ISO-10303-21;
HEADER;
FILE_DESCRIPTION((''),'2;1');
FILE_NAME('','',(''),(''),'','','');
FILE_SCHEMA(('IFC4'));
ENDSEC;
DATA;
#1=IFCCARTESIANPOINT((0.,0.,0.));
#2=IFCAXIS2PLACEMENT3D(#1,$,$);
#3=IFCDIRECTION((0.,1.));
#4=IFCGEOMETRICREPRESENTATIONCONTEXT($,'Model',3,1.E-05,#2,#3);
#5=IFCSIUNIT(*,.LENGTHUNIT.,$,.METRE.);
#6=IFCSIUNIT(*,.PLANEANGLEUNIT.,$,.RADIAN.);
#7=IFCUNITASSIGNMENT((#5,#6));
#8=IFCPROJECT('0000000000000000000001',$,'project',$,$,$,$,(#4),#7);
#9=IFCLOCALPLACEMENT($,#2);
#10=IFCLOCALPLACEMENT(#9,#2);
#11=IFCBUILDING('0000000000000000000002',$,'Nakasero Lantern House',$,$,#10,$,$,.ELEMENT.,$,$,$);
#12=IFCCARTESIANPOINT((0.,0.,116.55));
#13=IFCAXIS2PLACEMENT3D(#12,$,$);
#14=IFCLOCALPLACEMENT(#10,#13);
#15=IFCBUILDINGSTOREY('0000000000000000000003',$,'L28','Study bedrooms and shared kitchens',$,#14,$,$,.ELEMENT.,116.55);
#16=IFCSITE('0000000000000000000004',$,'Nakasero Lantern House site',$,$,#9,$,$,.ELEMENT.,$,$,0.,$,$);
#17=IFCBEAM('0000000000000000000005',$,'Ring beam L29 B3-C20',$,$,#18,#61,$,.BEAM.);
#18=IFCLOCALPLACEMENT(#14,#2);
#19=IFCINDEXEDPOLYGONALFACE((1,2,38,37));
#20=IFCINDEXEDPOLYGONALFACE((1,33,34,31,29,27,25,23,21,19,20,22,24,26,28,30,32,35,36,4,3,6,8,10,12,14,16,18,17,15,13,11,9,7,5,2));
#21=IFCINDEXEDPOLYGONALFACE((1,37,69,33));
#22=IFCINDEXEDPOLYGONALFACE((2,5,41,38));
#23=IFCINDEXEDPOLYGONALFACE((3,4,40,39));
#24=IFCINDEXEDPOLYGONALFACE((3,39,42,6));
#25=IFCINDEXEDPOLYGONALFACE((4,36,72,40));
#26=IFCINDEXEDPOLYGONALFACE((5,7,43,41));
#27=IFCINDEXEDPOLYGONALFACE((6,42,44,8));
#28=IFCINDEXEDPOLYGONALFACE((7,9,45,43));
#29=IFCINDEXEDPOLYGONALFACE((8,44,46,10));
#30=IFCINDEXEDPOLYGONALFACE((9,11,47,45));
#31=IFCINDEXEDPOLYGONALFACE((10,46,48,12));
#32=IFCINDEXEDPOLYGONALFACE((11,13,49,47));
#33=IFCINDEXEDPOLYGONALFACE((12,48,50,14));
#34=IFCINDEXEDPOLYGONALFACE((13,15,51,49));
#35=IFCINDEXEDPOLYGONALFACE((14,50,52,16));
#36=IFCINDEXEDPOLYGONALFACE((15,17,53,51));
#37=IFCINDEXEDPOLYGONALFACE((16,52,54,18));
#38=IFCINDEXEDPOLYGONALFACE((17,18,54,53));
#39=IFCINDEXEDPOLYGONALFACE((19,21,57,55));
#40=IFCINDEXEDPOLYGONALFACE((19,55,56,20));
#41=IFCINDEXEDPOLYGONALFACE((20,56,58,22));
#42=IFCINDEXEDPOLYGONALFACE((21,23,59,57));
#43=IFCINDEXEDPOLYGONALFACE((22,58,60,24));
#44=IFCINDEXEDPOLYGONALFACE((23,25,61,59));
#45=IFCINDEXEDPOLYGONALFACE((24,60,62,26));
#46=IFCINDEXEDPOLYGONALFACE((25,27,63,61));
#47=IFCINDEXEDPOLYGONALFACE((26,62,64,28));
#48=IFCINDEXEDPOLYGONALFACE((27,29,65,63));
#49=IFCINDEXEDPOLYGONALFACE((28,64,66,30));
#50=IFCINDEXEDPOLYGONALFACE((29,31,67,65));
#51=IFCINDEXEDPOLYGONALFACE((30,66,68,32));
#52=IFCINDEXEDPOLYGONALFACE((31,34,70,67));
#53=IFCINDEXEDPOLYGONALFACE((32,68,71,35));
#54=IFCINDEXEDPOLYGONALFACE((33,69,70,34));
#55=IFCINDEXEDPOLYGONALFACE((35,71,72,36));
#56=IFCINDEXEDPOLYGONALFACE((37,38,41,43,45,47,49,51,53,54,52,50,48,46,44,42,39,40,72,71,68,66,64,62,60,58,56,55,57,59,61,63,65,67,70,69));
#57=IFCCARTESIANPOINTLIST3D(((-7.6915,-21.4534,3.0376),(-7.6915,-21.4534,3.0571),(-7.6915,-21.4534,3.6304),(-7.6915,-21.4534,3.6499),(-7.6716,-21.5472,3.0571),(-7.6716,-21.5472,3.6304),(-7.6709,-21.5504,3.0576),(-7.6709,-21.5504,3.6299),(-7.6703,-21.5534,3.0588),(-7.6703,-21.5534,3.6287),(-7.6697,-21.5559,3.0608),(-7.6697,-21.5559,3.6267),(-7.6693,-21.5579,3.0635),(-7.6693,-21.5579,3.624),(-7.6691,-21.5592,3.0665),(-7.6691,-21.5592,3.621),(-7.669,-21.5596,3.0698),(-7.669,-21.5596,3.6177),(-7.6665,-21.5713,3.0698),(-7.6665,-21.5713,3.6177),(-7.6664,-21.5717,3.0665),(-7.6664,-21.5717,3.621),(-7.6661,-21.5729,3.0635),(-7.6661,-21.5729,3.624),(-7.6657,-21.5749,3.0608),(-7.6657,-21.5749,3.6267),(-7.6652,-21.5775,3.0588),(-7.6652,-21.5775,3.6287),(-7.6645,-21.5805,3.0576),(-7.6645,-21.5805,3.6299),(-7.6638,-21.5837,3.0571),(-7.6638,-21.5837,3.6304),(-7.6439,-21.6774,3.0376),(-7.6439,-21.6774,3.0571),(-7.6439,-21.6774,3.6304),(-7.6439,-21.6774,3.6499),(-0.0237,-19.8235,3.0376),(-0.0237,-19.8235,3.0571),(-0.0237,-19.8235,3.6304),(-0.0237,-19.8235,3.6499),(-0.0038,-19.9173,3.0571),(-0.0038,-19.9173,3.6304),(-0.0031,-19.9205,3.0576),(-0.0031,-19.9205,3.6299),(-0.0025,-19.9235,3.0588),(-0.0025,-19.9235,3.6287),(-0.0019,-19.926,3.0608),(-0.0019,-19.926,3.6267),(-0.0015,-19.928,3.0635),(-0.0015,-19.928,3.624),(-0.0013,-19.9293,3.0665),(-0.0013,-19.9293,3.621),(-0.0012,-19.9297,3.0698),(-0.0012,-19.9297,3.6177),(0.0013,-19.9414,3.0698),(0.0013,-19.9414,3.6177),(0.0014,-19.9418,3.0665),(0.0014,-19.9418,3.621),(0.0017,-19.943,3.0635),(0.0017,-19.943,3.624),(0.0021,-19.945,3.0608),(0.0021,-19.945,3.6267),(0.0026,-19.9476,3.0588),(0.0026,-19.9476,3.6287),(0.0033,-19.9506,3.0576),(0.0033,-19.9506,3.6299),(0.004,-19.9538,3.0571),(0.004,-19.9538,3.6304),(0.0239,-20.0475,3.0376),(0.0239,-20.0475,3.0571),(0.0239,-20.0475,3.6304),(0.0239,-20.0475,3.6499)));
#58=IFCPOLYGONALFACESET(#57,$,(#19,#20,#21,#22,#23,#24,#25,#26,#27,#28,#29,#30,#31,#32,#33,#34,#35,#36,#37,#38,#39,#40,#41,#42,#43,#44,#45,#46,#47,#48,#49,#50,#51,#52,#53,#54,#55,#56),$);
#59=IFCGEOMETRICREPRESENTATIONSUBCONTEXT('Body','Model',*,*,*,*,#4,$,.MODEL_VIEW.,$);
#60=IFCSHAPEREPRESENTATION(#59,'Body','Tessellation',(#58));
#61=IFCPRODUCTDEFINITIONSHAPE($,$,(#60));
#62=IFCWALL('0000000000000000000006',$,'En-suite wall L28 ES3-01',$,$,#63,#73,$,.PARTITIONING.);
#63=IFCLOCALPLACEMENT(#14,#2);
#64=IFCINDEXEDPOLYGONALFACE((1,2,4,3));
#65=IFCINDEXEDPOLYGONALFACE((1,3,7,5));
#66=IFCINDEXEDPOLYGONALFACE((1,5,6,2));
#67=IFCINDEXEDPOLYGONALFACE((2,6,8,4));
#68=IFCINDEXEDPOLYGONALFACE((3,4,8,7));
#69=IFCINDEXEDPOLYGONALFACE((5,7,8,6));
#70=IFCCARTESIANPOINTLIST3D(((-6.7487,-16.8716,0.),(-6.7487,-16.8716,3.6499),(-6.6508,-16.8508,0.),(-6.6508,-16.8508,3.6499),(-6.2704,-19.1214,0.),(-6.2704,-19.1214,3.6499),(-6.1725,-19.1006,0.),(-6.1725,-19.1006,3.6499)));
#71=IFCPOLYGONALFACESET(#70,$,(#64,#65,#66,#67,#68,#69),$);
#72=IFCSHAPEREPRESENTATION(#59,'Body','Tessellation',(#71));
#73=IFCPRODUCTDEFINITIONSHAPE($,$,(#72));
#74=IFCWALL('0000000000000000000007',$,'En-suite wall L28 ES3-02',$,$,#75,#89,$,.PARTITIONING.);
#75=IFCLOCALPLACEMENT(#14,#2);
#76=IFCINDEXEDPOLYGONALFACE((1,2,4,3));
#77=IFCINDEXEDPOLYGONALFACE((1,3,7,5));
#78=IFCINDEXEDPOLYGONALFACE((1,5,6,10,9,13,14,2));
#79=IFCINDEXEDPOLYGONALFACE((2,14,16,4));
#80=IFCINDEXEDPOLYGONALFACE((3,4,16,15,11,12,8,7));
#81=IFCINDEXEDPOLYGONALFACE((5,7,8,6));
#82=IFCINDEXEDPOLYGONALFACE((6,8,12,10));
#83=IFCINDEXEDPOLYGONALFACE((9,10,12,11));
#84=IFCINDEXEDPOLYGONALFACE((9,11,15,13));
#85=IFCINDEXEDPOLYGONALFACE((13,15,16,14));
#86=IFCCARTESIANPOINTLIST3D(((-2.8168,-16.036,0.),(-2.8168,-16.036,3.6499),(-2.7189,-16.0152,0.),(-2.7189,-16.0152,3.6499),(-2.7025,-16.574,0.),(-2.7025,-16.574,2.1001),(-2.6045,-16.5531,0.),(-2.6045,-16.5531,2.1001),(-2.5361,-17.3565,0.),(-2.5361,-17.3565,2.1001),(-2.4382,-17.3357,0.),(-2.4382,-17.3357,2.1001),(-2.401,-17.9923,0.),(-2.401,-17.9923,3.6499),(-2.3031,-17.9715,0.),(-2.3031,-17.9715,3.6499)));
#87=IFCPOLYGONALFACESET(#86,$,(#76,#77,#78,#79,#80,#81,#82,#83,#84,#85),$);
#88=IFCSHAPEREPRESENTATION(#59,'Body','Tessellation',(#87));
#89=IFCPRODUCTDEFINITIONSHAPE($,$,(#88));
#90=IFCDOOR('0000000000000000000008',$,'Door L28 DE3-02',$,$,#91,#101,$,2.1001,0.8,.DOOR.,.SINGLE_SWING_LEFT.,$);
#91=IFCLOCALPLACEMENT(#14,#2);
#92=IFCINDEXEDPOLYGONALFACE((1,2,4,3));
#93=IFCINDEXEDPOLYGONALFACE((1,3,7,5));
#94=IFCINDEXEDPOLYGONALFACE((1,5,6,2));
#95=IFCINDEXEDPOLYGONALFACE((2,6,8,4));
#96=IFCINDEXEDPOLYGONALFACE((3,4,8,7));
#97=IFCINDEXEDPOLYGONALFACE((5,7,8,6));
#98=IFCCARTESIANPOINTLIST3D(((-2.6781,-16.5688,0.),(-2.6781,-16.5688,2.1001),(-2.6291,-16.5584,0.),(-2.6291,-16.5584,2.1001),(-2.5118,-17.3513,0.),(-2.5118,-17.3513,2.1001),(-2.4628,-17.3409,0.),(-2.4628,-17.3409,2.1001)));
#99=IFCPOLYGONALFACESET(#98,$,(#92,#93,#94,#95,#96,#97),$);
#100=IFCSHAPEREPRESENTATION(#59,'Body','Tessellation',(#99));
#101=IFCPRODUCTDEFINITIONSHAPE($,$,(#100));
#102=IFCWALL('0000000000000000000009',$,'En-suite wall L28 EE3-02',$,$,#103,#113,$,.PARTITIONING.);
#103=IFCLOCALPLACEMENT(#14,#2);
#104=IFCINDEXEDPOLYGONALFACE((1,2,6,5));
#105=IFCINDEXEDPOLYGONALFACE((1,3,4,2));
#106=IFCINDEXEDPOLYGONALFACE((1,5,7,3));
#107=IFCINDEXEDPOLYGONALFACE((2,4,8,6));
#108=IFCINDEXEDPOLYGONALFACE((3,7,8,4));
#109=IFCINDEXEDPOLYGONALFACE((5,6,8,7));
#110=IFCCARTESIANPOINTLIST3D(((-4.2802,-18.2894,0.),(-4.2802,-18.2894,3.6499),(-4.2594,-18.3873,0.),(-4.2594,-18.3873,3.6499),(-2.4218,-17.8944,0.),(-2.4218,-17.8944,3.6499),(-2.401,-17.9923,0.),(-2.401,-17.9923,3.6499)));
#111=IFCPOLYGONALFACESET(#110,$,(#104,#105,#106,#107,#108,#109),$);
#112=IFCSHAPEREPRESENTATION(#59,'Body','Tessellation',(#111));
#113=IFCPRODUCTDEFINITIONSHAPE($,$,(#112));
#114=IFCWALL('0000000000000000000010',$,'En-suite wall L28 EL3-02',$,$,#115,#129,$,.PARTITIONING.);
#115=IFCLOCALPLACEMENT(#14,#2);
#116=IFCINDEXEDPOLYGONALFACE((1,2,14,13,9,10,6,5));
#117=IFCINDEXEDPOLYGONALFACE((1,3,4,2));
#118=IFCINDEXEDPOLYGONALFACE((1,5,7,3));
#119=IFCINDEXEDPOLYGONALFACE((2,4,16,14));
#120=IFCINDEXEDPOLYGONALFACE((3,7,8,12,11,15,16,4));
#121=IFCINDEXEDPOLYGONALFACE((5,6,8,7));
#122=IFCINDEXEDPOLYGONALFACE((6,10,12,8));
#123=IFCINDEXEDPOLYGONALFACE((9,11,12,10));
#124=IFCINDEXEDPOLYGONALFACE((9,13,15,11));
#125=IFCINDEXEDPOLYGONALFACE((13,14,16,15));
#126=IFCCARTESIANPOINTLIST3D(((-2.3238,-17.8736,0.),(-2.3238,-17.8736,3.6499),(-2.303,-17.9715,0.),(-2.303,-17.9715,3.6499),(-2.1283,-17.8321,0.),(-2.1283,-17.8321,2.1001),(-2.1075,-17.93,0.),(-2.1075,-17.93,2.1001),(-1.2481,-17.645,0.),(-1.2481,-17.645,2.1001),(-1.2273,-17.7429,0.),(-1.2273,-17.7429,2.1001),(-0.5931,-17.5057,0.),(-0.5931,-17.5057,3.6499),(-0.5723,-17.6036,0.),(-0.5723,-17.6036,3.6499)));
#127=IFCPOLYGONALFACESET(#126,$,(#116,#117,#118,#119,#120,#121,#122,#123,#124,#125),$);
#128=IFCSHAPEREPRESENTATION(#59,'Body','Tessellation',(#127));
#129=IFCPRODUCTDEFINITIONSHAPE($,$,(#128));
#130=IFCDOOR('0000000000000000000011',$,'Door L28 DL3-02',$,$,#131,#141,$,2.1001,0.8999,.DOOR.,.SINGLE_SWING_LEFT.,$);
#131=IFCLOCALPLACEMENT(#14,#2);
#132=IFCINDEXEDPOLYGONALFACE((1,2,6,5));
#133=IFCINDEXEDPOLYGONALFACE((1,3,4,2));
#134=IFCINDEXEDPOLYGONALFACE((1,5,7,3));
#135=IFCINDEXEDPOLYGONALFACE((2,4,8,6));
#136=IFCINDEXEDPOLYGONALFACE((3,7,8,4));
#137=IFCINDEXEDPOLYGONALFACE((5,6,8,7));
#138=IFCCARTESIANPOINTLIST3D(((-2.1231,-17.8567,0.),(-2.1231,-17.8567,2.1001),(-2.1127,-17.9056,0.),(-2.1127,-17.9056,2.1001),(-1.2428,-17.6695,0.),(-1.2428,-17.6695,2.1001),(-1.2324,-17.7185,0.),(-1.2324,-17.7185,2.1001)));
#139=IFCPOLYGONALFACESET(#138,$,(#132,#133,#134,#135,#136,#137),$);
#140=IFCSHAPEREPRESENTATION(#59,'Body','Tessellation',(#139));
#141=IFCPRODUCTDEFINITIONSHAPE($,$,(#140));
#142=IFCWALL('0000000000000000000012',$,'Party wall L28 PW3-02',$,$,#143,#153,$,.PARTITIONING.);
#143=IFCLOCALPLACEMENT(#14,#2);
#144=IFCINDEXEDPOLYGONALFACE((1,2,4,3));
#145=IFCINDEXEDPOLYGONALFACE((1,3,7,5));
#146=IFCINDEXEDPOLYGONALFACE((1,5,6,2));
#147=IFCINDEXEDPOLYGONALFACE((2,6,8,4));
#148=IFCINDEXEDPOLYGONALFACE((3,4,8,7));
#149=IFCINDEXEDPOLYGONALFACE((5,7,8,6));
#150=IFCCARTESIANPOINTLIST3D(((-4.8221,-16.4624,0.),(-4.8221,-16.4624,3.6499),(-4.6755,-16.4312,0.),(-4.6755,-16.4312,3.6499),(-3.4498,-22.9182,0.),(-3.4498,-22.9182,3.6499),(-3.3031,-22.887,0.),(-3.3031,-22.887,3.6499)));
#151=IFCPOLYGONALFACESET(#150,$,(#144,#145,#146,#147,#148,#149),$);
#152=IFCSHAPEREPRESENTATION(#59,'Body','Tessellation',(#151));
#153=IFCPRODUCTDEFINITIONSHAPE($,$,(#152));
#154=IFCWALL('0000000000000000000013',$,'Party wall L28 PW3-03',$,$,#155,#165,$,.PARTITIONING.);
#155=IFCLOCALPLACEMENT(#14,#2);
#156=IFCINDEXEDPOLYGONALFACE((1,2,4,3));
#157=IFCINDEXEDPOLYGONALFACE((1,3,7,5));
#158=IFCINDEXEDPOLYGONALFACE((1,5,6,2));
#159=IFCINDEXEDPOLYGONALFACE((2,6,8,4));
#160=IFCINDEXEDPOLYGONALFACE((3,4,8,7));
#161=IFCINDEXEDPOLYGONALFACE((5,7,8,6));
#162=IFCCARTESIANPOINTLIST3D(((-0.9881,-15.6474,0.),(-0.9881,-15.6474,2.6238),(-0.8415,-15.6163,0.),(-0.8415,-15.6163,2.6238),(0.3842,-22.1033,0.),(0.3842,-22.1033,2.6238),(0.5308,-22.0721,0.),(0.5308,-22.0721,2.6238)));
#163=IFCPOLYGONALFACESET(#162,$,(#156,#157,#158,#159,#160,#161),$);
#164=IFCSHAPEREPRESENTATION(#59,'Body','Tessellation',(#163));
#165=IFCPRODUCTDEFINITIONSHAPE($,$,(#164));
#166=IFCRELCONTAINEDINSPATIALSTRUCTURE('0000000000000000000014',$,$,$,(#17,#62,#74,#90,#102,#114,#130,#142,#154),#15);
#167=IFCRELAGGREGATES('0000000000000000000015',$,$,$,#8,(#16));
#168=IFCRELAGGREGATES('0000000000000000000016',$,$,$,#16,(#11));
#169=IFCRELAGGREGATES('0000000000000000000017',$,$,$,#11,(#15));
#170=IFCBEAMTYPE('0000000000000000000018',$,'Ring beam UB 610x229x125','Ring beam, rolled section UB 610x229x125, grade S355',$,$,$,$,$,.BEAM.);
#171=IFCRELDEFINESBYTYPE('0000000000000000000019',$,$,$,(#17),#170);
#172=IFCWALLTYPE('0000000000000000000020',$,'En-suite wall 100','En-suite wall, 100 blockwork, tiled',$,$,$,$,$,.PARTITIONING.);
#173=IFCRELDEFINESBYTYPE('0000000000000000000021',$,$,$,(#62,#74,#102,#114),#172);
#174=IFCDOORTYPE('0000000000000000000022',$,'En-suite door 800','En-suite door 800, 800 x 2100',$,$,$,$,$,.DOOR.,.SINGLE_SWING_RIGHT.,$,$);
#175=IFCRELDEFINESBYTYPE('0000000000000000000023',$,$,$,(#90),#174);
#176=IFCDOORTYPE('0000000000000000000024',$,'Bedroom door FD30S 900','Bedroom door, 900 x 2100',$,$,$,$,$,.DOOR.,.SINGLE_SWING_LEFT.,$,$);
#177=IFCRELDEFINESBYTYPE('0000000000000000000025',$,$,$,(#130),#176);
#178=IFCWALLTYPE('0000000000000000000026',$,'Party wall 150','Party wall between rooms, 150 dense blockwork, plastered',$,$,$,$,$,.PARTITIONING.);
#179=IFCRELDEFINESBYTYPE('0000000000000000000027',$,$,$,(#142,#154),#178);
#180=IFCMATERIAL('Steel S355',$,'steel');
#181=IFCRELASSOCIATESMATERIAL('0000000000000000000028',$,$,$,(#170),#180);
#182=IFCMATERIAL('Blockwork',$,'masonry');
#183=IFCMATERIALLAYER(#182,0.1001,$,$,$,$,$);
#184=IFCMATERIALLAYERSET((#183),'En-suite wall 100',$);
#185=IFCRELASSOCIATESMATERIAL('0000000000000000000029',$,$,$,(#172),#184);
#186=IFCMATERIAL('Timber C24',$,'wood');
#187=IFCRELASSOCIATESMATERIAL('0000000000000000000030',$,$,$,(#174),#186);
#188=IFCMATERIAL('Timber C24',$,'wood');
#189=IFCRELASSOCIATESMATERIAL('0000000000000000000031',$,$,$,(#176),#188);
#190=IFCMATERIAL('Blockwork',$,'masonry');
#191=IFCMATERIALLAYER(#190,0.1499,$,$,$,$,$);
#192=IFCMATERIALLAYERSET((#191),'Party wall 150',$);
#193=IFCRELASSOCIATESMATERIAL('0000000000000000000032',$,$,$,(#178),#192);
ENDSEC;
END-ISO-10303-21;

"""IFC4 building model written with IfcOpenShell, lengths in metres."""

from ifc_helpers import new_model, si_unit, direction, frame, frame_2d, origin, origin_2d, place, context, subcontext, project, spatial, rectangle, i_section, extrude, material, layer, layer_set, material_profile, profile_set, type_object, element, fill, save


model = new_model("IFC4")

# Units and contexts
model_context = context("Model", 3, precision=1e-05, world=origin(), true_north=direction((0.0, 1.0)))
body_context = subcontext(model_context, "Body", "Model", "MODEL_VIEW")
ifc_project = project(units=[si_unit("LENGTHUNIT", "METRE"), si_unit("PLANEANGLEUNIT", "RADIAN")], contexts=[model_context])

# Site, building, storey
site_placement = place(None, origin())
site = spatial("IfcSite", under=ifc_project, at=site_placement, Name="Nakasero Lantern House site", CompositionType="ELEMENT", RefElevation=0.0)
building_placement = place(site_placement, origin())
building = spatial("IfcBuilding", under=site, at=building_placement, Name="Nakasero Lantern House", CompositionType="ELEMENT")
storey_placement = place(building_placement, frame((0.0, 0.0, 116.55)))
storey = spatial("IfcBuildingStorey", under=building, at=storey_placement, Name="L28", Description="Study bedrooms and shared kitchens", CompositionType="ELEMENT", Elevation=116.55)

# Beam
ifc_material_1 = material(Name="Steel S355", Category="steel")
ifc_material_profile_1 = material_profile(ifc_material_1, i_section(OverallWidth=0.229, OverallDepth=0.6123, WebThickness=0.012, FlangeThickness=0.0195, FilletRadius=0.0127, at=origin_2d()), Name="UB 610x229x125")
ifc_profile_set_1 = profile_set([ifc_material_profile_1], Name="Steel S355")
beam_type_1 = type_object("IfcBeamType", Name="Ring beam UB 610x229x125", Description="Ring beam, rolled section UB 610x229x125, grade S355", PredefinedType="BEAM", material=ifc_profile_set_1)
beam_1_placement = place(storey_placement, frame((-7.6677, -21.5654, 3.3438), z_axis=(0.978146, 0.207919, 0.0), x_axis=(-0.207919, 0.978146, 0.0)))
element("IfcBeam", 1, at=beam_1_placement, inside=storey, type_object=beam_type_1, Name="Ring beam L29 B3-C20", PredefinedType="BEAM", context=body_context, shape_type="SweptSolid", body=[
    extrude(i_section(OverallWidth=0.229, OverallDepth=0.6123, WebThickness=0.012, FlangeThickness=0.0195, FilletRadius=0.0127, at=origin_2d()), origin(), (0.0, 0.0, 1.0), 7.8391),
])

# Wall
ifc_material_2 = material(Name="Blockwork", Category="masonry")
ifc_layer_1 = layer(ifc_material_2, 0.1001)
ifc_layer_set_1 = layer_set([ifc_layer_1], Name="En-suite wall 100")
wall_type_1 = type_object("IfcWallType", Name="En-suite wall 100", Description="En-suite wall, 100 blockwork, tiled", PredefinedType="PARTITIONING", material=ifc_layer_set_1)
wall_1_placement = place(storey_placement, frame((-6.6997, -16.8613, 0.0), z_axis=(0.0, 0.0, 1.0), x_axis=(0.207941, -0.978141, 0.0)))
element("IfcWall", 2, at=wall_1_placement, inside=storey, type_object=wall_type_1, Name="En-suite wall L28 ES3-01", PredefinedType="PARTITIONING", context=body_context, shape_type="SweptSolid", body=[
    extrude(rectangle(XDim=2.3, YDim=0.1001, at=frame_2d((1.1499, 0.0))), origin(), (0.0, 0.0, 1.0), 3.6499),
])

# Wall, opening, door
wall_2_placement = place(storey_placement, frame((-2.7678, -16.0256, 0.0), z_axis=(0.0, 0.0, 1.0), x_axis=(0.207886, -0.978153, 0.0)))
wall_2 = element("IfcWall", 3, at=wall_2_placement, inside=storey, type_object=wall_type_1, Name="En-suite wall L28 ES3-02", PredefinedType="PARTITIONING", context=body_context, shape_type="SweptSolid", body=[
    extrude(rectangle(XDim=2.0, YDim=0.1001, at=frame_2d((1.0, 0.0))), origin(), (0.0, 0.0, 1.0), 3.6499),
])
opening_1_placement = place(wall_2_placement, frame((0.55, 0.0, 0.0)))
opening_1 = element("IfcOpeningElement", 4, at=opening_1_placement, cuts=wall_2, PredefinedType="OPENING", context=body_context, shape_type="SweptSolid", body=[
    extrude(rectangle(XDim=0.8, YDim=2.1001, at=frame_2d((0.3999, 1.05))), frame((0.0, 0.0701, 0.0), z_axis=(0.0, -1.0, 0.0), x_axis=(1.0, 0.0, 0.0)), (0.0, 0.0, 1.0), 0.1401),
])
ifc_material_3 = material(Name="Timber C24", Category="wood")
door_type_1 = type_object("IfcDoorType", Name="En-suite door 800", Description="En-suite door 800, 800 x 2100", OperationType="SINGLE_SWING_RIGHT", PredefinedType="DOOR", material=ifc_material_3)
door_1_placement = place(opening_1_placement, origin())
door_1 = element("IfcDoor", 5, at=door_1_placement, inside=storey, type_object=door_type_1, Name="Door L28 DE3-02", OperationType="SINGLE_SWING_LEFT", OverallHeight=2.1001, OverallWidth=0.8, PredefinedType="DOOR", context=body_context, shape_type="SweptSolid", body=[
    extrude(rectangle(XDim=0.8, YDim=2.1001, at=frame_2d((0.3999, 1.05))), frame((0.0, 0.0249, 0.0), z_axis=(0.0, -1.0, 0.0), x_axis=(1.0, 0.0, 0.0)), (0.0, 0.0, 1.0), 0.05),
])
fill(opening_1, door_1)

# Wall
wall_3_placement = place(storey_placement, frame((-4.2698, -18.3384, 0.0), z_axis=(0.0, 0.0, 1.0), x_axis=(0.978147, 0.207914, 0.0)))
element("IfcWall", 6, at=wall_3_placement, inside=storey, type_object=wall_type_1, Name="En-suite wall L28 EE3-02", PredefinedType="PARTITIONING", context=body_context, shape_type="SweptSolid", body=[
    extrude(rectangle(XDim=1.8999, YDim=0.1001, at=frame_2d((0.95, 0.0))), origin(), (0.0, 0.0, 1.0), 3.6499),
])

# Wall, opening, door
wall_4_placement = place(storey_placement, frame((-2.3135, -17.9226, 0.0), z_axis=(0.0, 0.0, 1.0), x_axis=(0.978142, 0.207936, 0.0)))
wall_4 = element("IfcWall", 7, at=wall_4_placement, inside=storey, type_object=wall_type_1, Name="En-suite wall L28 EL3-02", PredefinedType="PARTITIONING", context=body_context, shape_type="SweptSolid", body=[
    extrude(rectangle(XDim=1.7693, YDim=0.1001, at=frame_2d((0.8848, 0.0))), origin(), (0.0, 0.0, 1.0), 3.6499),
])
opening_2_placement = place(wall_4_placement, frame((0.2, 0.0, 0.0)))
opening_2 = element("IfcOpeningElement", 8, at=opening_2_placement, cuts=wall_4, PredefinedType="OPENING", context=body_context, shape_type="SweptSolid", body=[
    extrude(rectangle(XDim=0.8999, YDim=2.1001, at=frame_2d((0.45, 1.05))), frame((0.0, 0.0701, 0.0), z_axis=(0.0, -1.0, 0.0), x_axis=(1.0, 0.0, 0.0)), (0.0, 0.0, 1.0), 0.1401),
])
ifc_material_4 = material(Name="Timber C24", Category="wood")
door_type_2 = type_object("IfcDoorType", Name="Bedroom door FD30S 900", Description="Bedroom door, 900 x 2100", OperationType="SINGLE_SWING_LEFT", PredefinedType="DOOR", material=ifc_material_4)
door_2_placement = place(opening_2_placement, origin())
door_2 = element("IfcDoor", 9, at=door_2_placement, inside=storey, type_object=door_type_2, Name="Door L28 DL3-02", OperationType="SINGLE_SWING_LEFT", OverallHeight=2.1001, OverallWidth=0.8999, PredefinedType="DOOR", context=body_context, shape_type="SweptSolid", body=[
    extrude(rectangle(XDim=0.8999, YDim=2.1001, at=frame_2d((0.45, 1.05))), frame((0.0, 0.0249, 0.0), z_axis=(0.0, -1.0, 0.0), x_axis=(1.0, 0.0, 0.0)), (0.0, 0.0, 1.0), 0.05),
])
fill(opening_2, door_2)

# Walls
ifc_material_5 = material(Name="Blockwork", Category="masonry")
ifc_layer_2 = layer(ifc_material_5, 0.1499)
ifc_layer_set_2 = layer_set([ifc_layer_2], Name="Party wall 150")
wall_type_2 = type_object("IfcWallType", Name="Party wall 150", Description="Party wall between rooms, 150 dense blockwork, plastered", PredefinedType="PARTITIONING", material=ifc_layer_set_2)
wall_5_placement = place(storey_placement, frame((-4.7488, -16.4468, 0.0), z_axis=(0.0, 0.0, 1.0), x_axis=(0.207925, -0.978145, 0.0)))
element("IfcWall", 10, at=wall_5_placement, inside=storey, type_object=wall_type_2, Name="Party wall L28 PW3-02", PredefinedType="PARTITIONING", context=body_context, shape_type="SweptSolid", body=[
    extrude(rectangle(XDim=6.6001, YDim=0.1499, at=frame_2d((3.3, 0.0))), origin(), (0.0, 0.0, 1.0), 3.6499),
])
wall_6_placement = place(storey_placement, frame((-0.9148, -15.6318, 0.0), z_axis=(0.0, 0.0, 1.0), x_axis=(0.207925, -0.978145, 0.0)))
element("IfcWall", 11, at=wall_6_placement, inside=storey, type_object=wall_type_2, Name="Party wall L28 PW3-03", PredefinedType="PARTITIONING", context=body_context, shape_type="SweptSolid", body=[
    extrude(rectangle(XDim=6.6001, YDim=0.1499, at=frame_2d((3.3, 0.0))), origin(), (0.0, 0.0, 1.0), 2.6238),
])

save(model, "model.ifc")
